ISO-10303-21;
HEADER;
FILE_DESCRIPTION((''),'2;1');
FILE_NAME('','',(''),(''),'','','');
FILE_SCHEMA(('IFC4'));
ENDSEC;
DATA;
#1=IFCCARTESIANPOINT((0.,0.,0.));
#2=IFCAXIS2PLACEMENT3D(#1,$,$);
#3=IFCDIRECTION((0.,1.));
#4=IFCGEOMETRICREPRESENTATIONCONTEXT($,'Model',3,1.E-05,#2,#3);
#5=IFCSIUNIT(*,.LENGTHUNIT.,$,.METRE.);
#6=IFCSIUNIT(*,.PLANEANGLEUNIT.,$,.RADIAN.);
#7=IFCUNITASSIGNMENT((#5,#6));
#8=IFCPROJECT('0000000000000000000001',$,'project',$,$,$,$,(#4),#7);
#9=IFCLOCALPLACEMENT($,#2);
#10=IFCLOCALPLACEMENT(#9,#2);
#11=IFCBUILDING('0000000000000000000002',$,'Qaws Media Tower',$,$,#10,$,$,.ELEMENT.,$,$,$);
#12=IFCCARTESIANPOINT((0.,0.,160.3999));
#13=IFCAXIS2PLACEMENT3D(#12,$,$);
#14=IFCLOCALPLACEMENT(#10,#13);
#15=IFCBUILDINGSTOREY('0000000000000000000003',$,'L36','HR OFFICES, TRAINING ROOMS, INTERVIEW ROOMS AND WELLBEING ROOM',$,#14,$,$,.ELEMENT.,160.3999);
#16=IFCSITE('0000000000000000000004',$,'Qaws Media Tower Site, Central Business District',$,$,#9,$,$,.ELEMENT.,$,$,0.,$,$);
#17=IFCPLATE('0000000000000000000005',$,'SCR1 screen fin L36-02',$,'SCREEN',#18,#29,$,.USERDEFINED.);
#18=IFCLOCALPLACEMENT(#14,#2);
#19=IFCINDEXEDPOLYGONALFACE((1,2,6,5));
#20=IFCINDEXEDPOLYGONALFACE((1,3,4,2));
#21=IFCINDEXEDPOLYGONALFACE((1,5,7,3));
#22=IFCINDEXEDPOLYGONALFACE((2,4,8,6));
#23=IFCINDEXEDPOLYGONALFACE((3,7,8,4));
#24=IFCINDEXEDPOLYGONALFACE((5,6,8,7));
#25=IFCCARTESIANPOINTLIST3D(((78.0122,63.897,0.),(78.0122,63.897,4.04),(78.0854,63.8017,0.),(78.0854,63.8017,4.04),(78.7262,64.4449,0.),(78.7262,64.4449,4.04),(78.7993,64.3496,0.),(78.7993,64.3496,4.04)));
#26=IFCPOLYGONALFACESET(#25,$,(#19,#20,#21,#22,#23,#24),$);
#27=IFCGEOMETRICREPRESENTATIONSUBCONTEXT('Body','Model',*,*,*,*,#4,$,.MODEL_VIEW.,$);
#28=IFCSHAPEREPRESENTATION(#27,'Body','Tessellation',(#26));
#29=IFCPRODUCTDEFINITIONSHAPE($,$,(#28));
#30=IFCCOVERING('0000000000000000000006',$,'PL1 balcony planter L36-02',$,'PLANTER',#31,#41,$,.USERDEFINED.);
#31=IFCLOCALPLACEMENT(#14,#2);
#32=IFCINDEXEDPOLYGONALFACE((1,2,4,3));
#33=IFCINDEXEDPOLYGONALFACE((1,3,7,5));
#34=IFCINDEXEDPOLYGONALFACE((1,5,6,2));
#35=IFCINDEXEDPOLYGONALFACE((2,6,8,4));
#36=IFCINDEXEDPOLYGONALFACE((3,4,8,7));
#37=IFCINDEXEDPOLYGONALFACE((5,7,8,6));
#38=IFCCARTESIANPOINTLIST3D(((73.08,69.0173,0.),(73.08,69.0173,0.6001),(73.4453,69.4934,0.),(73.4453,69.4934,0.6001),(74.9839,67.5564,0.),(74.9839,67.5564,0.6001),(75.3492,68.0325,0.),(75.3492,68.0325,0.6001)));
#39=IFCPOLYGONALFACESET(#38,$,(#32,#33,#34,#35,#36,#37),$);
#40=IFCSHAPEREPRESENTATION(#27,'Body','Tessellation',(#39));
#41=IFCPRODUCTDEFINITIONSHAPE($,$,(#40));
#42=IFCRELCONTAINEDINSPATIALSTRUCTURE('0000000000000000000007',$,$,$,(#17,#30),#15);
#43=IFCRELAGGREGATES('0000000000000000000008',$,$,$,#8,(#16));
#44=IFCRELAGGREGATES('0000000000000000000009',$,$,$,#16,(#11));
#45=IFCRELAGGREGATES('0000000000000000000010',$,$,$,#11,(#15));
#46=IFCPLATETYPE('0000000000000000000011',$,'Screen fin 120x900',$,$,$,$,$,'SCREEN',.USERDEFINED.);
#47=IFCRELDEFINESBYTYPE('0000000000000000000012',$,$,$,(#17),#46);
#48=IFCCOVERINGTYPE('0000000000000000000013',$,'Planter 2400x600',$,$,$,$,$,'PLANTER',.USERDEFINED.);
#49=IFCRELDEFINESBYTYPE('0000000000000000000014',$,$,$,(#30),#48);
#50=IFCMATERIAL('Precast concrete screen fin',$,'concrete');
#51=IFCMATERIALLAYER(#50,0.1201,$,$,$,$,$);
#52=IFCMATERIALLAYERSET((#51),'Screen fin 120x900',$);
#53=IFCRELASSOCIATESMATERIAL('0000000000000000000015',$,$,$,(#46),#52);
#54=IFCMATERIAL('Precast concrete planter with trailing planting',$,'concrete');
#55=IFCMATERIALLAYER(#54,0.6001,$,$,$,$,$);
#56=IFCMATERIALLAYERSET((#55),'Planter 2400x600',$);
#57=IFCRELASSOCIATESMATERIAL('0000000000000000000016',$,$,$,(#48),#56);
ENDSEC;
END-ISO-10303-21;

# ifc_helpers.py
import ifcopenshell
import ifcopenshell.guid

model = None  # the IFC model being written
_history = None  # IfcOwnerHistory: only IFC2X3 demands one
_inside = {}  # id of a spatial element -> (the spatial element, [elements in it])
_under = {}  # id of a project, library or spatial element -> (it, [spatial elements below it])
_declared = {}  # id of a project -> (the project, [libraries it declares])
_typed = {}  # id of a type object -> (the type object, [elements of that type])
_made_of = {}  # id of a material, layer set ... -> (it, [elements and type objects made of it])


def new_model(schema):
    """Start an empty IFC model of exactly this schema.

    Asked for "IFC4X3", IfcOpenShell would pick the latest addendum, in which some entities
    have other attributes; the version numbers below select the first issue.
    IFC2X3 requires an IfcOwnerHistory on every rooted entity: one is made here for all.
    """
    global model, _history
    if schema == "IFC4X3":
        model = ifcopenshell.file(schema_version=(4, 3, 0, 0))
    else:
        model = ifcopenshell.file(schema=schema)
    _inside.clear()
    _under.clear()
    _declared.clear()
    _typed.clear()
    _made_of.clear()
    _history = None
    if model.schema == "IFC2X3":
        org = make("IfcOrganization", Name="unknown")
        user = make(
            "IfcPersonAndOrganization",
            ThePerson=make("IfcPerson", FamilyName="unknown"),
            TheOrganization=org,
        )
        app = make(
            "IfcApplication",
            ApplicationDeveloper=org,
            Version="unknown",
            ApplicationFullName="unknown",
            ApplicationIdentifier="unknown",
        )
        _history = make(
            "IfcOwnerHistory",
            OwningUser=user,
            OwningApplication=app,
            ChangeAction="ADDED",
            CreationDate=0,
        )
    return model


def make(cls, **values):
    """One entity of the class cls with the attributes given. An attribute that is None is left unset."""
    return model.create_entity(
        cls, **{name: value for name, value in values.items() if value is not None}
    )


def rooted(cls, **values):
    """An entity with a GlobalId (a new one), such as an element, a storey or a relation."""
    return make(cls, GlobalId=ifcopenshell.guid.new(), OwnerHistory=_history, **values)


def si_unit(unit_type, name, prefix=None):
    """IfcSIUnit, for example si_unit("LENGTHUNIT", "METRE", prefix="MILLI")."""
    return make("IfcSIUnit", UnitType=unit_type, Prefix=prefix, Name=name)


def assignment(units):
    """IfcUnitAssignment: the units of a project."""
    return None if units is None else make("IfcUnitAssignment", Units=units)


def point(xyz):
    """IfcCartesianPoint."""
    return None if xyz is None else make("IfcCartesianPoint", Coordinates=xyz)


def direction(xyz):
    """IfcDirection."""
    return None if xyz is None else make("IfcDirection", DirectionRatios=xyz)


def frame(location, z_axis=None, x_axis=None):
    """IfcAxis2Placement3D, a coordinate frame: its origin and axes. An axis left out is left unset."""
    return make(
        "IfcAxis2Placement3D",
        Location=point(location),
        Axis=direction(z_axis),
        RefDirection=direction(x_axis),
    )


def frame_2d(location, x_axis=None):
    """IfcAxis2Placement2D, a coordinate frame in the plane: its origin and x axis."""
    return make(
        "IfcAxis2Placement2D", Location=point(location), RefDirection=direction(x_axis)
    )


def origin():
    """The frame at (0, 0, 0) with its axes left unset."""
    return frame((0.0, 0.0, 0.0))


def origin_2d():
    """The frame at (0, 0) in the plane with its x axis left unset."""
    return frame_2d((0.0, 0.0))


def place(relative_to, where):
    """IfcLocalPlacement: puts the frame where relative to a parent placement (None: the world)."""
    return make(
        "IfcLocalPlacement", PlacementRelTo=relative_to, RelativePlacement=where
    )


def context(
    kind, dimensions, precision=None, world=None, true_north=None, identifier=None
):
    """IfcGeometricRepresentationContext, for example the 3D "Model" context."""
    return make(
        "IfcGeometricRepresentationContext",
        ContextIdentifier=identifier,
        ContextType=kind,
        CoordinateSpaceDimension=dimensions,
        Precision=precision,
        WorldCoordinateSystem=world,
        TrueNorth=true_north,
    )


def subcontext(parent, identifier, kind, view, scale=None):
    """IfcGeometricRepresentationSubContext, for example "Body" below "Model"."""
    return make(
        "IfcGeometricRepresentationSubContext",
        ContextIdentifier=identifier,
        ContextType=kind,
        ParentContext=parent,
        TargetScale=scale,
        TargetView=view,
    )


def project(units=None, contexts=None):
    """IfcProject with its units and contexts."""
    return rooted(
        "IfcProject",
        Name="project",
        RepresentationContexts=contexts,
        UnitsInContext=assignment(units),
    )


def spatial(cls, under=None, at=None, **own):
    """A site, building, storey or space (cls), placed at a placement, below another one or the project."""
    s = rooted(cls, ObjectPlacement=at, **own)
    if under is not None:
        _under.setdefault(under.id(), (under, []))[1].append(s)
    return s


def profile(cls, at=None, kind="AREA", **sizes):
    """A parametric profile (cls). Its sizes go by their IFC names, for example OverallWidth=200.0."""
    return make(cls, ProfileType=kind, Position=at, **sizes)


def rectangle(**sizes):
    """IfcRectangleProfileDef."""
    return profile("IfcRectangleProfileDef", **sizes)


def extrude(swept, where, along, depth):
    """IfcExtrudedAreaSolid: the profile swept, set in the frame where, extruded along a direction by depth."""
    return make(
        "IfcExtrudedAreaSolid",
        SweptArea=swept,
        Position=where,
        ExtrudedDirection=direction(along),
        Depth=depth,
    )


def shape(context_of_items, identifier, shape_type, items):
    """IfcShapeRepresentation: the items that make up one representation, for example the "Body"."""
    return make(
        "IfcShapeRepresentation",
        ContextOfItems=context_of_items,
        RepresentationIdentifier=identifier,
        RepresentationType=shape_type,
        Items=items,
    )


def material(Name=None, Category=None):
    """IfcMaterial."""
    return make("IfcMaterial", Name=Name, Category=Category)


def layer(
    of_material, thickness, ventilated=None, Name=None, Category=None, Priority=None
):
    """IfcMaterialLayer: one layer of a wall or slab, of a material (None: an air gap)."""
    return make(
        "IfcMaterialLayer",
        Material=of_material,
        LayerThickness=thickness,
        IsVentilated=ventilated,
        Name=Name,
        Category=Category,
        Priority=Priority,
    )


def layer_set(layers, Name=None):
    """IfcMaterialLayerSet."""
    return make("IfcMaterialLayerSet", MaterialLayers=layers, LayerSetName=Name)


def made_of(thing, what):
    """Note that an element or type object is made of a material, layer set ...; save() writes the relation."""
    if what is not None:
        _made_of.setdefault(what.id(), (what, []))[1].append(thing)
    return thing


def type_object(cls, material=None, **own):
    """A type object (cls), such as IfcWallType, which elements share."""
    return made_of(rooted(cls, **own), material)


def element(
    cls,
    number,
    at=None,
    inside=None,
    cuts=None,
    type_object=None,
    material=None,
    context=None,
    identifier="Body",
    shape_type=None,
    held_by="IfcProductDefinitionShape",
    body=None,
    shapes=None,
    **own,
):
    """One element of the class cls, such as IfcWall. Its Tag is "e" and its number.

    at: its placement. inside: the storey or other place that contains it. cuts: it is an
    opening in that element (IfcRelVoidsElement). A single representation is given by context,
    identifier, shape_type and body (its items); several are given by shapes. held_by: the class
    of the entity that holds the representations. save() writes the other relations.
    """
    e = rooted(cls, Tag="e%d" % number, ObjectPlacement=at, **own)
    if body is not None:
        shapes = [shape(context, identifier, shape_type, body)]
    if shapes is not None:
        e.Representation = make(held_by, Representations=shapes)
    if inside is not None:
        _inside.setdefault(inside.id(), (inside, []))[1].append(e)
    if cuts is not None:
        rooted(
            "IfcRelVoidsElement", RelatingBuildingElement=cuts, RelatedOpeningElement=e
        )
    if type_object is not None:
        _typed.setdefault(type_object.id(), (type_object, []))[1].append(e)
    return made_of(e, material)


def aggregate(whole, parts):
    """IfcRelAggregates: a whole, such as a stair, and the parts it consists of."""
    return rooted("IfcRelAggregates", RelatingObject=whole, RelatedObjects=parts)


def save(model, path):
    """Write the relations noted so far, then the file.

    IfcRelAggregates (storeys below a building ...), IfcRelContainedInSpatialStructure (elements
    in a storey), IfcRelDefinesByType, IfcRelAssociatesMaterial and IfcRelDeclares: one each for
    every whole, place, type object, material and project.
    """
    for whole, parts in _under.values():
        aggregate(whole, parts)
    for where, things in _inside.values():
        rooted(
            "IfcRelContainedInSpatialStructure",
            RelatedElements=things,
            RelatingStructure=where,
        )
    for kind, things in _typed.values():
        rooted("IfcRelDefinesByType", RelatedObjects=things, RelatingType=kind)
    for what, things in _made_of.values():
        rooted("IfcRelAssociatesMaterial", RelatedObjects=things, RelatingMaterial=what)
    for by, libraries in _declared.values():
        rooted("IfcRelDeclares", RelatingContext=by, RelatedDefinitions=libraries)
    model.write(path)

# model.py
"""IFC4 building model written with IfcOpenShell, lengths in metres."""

from ifc_helpers import new_model, si_unit, direction, frame, origin, origin_2d, place, context, subcontext, project, spatial, rectangle, extrude, material, layer, layer_set, type_object, element, save


model = new_model("IFC4")

# Units and contexts
model_context = context("Model", 3, precision=1e-05, world=origin(), true_north=direction((0.0, 1.0)))
body_context = subcontext(model_context, "Body", "Model", "MODEL_VIEW")
ifc_project = project(units=[si_unit("LENGTHUNIT", "METRE"), si_unit("PLANEANGLEUNIT", "RADIAN")], contexts=[model_context])

# Site, building, storey
site_placement = place(None, origin())
site = spatial("IfcSite", under=ifc_project, at=site_placement, Name="Qaws Media Tower Site, Central Business District", CompositionType="ELEMENT", RefElevation=0.0)
building_placement = place(site_placement, origin())
building = spatial("IfcBuilding", under=site, at=building_placement, Name="Qaws Media Tower", CompositionType="ELEMENT")
storey_placement = place(building_placement, frame((0.0, 0.0, 160.3999)))
storey = spatial("IfcBuildingStorey", under=building, at=storey_placement, Name="L36", Description="HR OFFICES, TRAINING ROOMS, INTERVIEW ROOMS AND WELLBEING ROOM", CompositionType="ELEMENT", Elevation=160.3999)

# Plate
ifc_material_1 = material(Name="Precast concrete screen fin", Category="concrete")
ifc_layer_1 = layer(ifc_material_1, 0.1201)
ifc_layer_set_1 = layer_set([ifc_layer_1], Name="Screen fin 120x900")
plate_type_1 = type_object("IfcPlateType", Name="Screen fin 120x900", ElementType="SCREEN", PredefinedType="USERDEFINED", material=ifc_layer_set_1)
plate_1_placement = place(storey_placement, frame((78.4058, 64.1233, 0.0), z_axis=(0.0, 0.0, 1.0), x_axis=(0.793353, 0.608761, 0.0)))
element("IfcPlate", 1, at=plate_1_placement, inside=storey, type_object=plate_type_1, Name="SCR1 screen fin L36-02", ObjectType="SCREEN", PredefinedType="USERDEFINED", context=body_context, shape_type="SweptSolid", body=[
    extrude(rectangle(XDim=0.8999, YDim=0.1201, at=origin_2d()), origin(), (0.0, 0.0, 1.0), 4.04),
])

# Covering
ifc_material_2 = material(Name="Precast concrete planter with trailing planting", Category="concrete")
ifc_layer_2 = layer(ifc_material_2, 0.6001)
ifc_layer_set_2 = layer_set([ifc_layer_2], Name="Planter 2400x600")
covering_type = type_object("IfcCoveringType", Name="Planter 2400x600", ElementType="PLANTER", PredefinedType="USERDEFINED", material=ifc_layer_set_2)
covering_placement = place(storey_placement, frame((74.2146, 68.5249, 0.0), z_axis=(0.0, 0.0, 1.0), x_axis=(-0.793353, 0.608761, 0.0)))
element("IfcCovering", 2, at=covering_placement, inside=storey, type_object=covering_type, Name="PL1 balcony planter L36-02", ObjectType="PLANTER", PredefinedType="USERDEFINED", context=body_context, shape_type="SweptSolid", body=[
    extrude(rectangle(XDim=2.3999, YDim=0.6001, at=origin_2d()), origin(), (0.0, 0.0, 1.0), 0.6001),
])

save(model, "model.ifc")
